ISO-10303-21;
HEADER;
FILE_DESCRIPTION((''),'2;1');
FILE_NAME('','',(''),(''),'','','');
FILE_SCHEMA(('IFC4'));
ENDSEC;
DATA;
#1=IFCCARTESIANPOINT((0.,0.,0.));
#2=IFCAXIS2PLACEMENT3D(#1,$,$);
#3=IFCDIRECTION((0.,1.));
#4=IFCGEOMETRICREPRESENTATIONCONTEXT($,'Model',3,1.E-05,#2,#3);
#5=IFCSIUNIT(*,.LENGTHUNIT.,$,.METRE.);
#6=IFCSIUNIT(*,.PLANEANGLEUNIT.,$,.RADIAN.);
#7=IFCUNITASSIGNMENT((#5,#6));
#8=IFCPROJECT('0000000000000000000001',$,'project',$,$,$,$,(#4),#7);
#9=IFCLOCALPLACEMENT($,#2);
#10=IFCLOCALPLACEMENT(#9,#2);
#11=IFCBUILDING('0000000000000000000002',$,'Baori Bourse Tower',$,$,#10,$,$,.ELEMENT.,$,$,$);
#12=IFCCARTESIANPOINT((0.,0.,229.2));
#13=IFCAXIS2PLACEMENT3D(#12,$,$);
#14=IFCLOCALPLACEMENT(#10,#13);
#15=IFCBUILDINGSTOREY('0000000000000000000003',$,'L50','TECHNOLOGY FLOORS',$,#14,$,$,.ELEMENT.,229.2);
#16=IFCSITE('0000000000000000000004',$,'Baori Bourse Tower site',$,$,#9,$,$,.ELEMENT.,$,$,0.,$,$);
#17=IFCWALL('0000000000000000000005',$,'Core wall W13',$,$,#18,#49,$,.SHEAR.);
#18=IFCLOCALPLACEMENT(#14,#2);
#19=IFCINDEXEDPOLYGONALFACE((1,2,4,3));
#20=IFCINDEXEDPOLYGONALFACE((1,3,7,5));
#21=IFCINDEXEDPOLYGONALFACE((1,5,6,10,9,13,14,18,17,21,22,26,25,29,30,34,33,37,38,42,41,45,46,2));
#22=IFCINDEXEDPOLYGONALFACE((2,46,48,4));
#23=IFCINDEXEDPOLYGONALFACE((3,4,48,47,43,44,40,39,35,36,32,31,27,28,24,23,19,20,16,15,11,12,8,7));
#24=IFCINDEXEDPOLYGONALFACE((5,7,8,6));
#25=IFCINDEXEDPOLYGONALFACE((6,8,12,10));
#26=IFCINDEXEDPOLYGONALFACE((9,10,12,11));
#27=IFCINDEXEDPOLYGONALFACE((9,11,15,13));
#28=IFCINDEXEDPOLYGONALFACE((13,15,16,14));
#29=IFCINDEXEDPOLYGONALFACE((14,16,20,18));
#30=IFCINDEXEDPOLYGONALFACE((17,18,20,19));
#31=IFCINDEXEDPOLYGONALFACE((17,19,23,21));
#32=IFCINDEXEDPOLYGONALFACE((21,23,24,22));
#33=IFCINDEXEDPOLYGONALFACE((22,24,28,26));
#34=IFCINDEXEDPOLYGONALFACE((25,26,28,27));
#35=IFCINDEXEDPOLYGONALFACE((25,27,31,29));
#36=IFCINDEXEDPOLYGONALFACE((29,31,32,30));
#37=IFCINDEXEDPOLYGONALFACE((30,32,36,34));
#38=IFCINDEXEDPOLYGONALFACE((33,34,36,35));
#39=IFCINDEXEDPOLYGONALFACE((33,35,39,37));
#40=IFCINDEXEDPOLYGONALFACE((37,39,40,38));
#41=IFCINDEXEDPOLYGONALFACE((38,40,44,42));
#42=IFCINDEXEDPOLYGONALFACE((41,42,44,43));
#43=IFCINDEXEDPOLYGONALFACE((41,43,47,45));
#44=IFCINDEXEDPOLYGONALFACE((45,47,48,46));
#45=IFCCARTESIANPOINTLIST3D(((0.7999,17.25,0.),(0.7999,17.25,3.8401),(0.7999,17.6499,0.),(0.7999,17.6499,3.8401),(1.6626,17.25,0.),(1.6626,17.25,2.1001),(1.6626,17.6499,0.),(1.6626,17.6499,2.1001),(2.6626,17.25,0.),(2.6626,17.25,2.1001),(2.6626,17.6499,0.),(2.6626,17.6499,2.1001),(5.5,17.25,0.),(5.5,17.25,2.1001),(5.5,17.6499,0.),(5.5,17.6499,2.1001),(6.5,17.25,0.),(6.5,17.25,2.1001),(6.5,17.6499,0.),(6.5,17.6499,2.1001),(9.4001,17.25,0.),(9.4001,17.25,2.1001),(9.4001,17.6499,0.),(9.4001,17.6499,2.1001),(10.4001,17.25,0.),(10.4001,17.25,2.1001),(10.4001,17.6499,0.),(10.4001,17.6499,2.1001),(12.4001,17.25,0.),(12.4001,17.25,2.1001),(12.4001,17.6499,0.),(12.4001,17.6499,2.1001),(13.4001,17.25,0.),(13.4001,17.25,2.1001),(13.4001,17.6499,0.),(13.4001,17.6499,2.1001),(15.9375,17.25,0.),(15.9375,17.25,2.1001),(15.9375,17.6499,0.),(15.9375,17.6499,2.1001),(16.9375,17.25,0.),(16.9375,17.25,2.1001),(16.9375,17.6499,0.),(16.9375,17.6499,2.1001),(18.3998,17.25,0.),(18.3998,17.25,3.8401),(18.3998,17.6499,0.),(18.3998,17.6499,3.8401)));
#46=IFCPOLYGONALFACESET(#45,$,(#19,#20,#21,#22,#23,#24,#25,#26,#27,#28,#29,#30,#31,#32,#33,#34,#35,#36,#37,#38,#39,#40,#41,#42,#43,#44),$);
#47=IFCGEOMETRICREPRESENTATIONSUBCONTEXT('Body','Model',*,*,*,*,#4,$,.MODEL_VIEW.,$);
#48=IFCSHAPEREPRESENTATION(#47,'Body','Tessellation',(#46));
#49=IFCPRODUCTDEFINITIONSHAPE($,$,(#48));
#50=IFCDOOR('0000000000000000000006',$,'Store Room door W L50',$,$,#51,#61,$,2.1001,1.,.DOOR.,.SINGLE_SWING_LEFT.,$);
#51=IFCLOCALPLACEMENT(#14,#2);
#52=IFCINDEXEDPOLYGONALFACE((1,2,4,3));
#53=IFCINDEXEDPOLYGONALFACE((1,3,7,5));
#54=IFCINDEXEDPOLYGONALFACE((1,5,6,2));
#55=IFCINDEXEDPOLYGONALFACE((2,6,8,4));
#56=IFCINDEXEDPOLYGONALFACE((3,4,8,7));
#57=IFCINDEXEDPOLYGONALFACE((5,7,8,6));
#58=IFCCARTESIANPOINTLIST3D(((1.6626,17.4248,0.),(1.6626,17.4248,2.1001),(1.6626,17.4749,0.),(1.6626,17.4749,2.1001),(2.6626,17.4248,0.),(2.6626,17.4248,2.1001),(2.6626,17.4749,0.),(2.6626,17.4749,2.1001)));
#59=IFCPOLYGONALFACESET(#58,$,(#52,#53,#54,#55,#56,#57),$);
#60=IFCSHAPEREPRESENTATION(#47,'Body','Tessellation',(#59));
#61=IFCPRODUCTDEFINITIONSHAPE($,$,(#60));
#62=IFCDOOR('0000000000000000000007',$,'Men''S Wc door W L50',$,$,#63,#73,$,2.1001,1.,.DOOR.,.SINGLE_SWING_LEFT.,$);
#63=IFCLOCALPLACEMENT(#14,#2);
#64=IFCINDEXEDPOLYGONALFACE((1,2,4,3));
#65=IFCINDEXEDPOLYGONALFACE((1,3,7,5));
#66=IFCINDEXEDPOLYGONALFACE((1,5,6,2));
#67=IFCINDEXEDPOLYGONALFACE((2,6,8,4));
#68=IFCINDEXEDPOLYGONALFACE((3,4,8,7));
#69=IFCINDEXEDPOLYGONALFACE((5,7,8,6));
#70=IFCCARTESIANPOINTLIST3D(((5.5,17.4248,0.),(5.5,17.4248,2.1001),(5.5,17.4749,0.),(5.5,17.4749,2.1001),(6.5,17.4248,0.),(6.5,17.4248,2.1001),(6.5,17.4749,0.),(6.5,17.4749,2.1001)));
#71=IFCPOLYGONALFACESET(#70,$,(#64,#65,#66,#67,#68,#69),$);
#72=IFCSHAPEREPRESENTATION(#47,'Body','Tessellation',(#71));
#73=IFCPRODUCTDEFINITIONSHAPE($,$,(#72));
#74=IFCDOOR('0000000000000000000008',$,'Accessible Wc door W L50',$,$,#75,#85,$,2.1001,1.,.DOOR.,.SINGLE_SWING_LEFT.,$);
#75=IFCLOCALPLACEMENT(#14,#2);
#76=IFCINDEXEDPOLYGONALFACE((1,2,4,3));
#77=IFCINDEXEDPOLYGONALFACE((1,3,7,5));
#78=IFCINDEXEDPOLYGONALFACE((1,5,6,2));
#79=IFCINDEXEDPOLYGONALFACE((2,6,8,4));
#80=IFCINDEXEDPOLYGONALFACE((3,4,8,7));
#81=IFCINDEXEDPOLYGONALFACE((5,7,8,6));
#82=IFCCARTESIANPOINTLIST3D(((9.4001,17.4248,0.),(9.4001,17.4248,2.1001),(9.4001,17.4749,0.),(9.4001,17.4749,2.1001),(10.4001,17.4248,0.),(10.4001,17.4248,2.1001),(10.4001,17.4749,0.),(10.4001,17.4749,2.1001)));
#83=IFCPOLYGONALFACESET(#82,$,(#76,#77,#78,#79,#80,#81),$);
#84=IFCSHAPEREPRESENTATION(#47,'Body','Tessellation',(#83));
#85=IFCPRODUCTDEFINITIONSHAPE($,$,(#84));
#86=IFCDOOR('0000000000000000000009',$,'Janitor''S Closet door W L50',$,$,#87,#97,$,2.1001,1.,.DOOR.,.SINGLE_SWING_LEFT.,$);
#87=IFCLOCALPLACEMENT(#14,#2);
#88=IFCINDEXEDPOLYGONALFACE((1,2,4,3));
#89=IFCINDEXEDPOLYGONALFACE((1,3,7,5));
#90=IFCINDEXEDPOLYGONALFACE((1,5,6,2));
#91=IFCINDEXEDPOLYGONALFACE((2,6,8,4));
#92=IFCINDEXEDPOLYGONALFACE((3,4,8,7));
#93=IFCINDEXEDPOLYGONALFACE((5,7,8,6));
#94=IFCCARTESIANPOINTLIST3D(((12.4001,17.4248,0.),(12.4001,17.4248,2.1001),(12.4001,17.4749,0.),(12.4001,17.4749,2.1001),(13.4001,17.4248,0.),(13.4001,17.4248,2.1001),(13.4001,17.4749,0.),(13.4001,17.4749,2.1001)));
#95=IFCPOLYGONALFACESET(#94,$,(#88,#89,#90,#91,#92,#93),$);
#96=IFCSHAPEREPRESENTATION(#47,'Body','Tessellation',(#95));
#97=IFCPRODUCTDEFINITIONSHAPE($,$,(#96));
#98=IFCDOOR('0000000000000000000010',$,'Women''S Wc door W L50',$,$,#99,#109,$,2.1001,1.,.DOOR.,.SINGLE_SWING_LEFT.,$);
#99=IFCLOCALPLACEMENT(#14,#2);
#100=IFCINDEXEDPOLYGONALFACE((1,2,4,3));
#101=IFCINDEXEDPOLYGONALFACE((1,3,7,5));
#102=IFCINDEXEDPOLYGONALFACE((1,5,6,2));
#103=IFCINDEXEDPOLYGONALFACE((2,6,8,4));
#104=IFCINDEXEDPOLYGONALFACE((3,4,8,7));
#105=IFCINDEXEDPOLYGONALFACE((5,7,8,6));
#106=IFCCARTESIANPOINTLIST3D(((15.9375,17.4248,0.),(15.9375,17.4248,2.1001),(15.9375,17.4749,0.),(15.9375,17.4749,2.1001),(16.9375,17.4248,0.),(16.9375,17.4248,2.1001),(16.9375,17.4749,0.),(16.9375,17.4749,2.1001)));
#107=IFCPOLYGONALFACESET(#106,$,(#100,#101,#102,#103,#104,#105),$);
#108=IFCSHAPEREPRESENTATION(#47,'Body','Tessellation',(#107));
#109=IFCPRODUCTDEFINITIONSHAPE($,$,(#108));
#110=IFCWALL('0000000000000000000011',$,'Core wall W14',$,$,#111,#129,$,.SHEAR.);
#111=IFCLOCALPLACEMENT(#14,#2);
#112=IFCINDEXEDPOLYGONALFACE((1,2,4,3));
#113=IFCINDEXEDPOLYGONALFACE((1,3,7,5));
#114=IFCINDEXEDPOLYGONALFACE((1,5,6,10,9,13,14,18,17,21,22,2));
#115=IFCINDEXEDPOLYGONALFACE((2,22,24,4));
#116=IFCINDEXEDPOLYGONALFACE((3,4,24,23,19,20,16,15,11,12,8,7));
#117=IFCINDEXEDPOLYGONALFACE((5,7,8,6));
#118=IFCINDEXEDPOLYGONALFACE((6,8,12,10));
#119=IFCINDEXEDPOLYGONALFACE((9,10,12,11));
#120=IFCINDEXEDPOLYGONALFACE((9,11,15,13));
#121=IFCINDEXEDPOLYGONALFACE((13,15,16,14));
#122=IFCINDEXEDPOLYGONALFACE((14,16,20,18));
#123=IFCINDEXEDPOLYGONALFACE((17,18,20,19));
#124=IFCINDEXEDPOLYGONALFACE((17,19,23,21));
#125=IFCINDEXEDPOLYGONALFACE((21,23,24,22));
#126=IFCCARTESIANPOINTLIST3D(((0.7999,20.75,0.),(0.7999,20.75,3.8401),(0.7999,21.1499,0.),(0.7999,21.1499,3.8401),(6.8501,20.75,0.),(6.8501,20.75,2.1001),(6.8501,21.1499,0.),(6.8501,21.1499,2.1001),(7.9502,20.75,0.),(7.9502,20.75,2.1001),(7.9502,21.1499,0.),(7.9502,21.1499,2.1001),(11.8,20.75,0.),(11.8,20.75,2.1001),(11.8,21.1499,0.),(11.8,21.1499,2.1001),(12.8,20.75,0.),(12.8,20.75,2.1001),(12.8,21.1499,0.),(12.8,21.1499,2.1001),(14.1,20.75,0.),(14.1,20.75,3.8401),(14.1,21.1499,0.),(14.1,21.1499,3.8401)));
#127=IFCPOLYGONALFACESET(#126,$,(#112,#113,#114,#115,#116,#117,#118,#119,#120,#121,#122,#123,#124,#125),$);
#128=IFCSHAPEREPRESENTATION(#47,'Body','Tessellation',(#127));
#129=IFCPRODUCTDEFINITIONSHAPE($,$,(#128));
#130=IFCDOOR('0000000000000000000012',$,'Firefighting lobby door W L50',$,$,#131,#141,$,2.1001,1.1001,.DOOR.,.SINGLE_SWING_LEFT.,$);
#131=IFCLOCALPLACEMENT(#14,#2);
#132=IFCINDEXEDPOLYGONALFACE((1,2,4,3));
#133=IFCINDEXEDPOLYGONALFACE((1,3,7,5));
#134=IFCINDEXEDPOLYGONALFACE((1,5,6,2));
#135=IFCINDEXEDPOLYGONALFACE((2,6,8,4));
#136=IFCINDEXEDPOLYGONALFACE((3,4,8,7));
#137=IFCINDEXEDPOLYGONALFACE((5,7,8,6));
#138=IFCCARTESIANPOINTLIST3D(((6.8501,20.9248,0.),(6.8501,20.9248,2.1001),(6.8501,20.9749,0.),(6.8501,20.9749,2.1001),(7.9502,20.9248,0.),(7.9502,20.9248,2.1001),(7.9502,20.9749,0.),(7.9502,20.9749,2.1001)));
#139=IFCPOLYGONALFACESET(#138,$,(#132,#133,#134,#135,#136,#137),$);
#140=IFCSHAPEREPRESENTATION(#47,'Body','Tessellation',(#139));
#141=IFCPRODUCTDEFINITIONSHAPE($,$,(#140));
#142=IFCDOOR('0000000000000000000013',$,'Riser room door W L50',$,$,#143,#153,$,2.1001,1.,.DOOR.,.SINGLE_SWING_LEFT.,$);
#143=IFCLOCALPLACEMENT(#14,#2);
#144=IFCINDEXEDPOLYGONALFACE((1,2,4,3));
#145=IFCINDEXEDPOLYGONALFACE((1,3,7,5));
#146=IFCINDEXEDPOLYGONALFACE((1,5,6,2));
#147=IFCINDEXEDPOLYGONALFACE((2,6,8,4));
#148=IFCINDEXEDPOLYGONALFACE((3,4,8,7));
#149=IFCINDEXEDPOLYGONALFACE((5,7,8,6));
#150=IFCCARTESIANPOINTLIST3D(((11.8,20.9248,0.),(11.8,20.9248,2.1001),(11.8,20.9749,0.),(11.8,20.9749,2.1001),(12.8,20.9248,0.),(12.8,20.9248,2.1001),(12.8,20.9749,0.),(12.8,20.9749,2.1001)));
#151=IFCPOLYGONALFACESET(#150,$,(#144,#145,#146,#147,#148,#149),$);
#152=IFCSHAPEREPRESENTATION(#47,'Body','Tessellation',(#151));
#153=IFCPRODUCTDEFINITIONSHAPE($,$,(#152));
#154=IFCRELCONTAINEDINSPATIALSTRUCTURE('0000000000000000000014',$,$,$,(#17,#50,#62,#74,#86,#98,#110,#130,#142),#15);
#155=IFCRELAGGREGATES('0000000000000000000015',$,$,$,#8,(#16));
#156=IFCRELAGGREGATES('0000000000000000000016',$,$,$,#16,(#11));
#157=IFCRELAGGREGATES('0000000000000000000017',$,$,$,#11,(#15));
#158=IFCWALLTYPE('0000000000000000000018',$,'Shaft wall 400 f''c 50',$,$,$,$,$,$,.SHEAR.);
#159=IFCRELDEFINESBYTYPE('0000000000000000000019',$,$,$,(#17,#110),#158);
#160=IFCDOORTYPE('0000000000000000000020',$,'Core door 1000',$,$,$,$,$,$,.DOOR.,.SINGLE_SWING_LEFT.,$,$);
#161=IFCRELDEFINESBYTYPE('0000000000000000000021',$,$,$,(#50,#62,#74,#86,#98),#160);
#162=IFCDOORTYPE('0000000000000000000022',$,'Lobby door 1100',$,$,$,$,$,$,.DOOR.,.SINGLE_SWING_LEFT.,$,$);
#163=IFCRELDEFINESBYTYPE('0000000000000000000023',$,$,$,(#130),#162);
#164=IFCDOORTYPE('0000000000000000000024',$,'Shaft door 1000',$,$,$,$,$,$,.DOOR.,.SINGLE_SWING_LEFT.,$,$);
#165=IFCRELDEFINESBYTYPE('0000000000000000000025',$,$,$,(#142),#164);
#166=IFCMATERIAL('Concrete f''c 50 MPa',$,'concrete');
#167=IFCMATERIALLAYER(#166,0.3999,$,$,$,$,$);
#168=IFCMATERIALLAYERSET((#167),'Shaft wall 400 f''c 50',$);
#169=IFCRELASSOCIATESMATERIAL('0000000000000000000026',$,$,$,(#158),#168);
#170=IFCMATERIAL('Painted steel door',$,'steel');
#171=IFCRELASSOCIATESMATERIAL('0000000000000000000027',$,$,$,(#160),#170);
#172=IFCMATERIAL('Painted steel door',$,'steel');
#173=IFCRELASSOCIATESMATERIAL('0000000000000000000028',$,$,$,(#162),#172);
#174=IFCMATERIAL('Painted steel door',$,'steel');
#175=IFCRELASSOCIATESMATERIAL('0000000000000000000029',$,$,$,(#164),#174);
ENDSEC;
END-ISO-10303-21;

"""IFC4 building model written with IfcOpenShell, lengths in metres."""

from ifc_helpers import new_model, si_unit, direction, frame, frame_2d, origin, place, context, subcontext, project, spatial, rectangle, extrude, material, layer, layer_set, type_object, element, fill, save


model = new_model("IFC4")

# Units and contexts
model_context = context("Model", 3, precision=1e-05, world=origin(), true_north=direction((0.0, 1.0)))
body_context = subcontext(model_context, "Body", "Model", "MODEL_VIEW")
ifc_project = project(units=[si_unit("LENGTHUNIT", "METRE"), si_unit("PLANEANGLEUNIT", "RADIAN")], contexts=[model_context])

# Site, building, storey
site_placement = place(None, origin())
site = spatial("IfcSite", under=ifc_project, at=site_placement, Name="Baori Bourse Tower site", CompositionType="ELEMENT", RefElevation=0.0)
building_placement = place(site_placement, origin())
building = spatial("IfcBuilding", under=site, at=building_placement, Name="Baori Bourse Tower", CompositionType="ELEMENT")
storey_placement = place(building_placement, frame((0.0, 0.0, 229.2)))
storey = spatial("IfcBuildingStorey", under=building, at=storey_placement, Name="L50", Description="TECHNOLOGY FLOORS", CompositionType="ELEMENT", Elevation=229.2)

# Walls, openings, doors
ifc_material_1 = material(Name="Concrete f'c 50 MPa", Category="concrete")
ifc_layer_1 = layer(ifc_material_1, 0.3999)
ifc_layer_set_1 = layer_set([ifc_layer_1], Name="Shaft wall 400 f'c 50")
wall_type_1 = type_object("IfcWallType", Name="Shaft wall 400 f'c 50", PredefinedType="SHEAR", material=ifc_layer_set_1)
wall_1_placement = place(storey_placement, frame((0.8, 17.45, 0.0), z_axis=(0.0, 0.0, 1.0), x_axis=(1.0, 0.0, 0.0)))
wall_1 = element("IfcWall", 1, at=wall_1_placement, inside=storey, type_object=wall_type_1, Name="Core wall W13", PredefinedType="SHEAR", context=body_context, shape_type="SweptSolid", body=[
    extrude(rectangle(XDim=17.5999, YDim=0.3999, at=frame_2d((8.7998, 0.0))), origin(), (0.0, 0.0, 1.0), 3.8401),
])
opening_1_placement = place(wall_1_placement, frame((0.8625, 0.0, 0.0)))
opening_1 = element("IfcOpeningElement", 2, at=opening_1_placement, cuts=wall_1, PredefinedType="OPENING", context=body_context, shape_type="SweptSolid", body=[
    extrude(rectangle(XDim=1.0, YDim=2.1001, at=frame_2d((0.5, 1.05))), frame((0.0, 0.21, 0.0), z_axis=(0.0, -1.0, 0.0), x_axis=(1.0, 0.0, 0.0)), (0.0, 0.0, 1.0), 0.4199),
])
opening_2_placement = place(wall_1_placement, frame((4.7, 0.0, 0.0)))
opening_2 = element("IfcOpeningElement", 3, at=opening_2_placement, cuts=wall_1, PredefinedType="OPENING", context=body_context, shape_type="SweptSolid", body=[
    extrude(rectangle(XDim=1.0, YDim=2.1001, at=frame_2d((0.5, 1.05))), frame((0.0, 0.21, 0.0), z_axis=(0.0, -1.0, 0.0), x_axis=(1.0, 0.0, 0.0)), (0.0, 0.0, 1.0), 0.4199),
])
opening_3_placement = place(wall_1_placement, frame((8.6001, 0.0, 0.0)))
opening_3 = element("IfcOpeningElement", 4, at=opening_3_placement, cuts=wall_1, PredefinedType="OPENING", context=body_context, shape_type="SweptSolid", body=[
    extrude(rectangle(XDim=1.0, YDim=2.1001, at=frame_2d((0.5, 1.05))), frame((0.0, 0.21, 0.0), z_axis=(0.0, -1.0, 0.0), x_axis=(1.0, 0.0, 0.0)), (0.0, 0.0, 1.0), 0.4199),
])
opening_4_placement = place(wall_1_placement, frame((11.6001, 0.0, 0.0)))
opening_4 = element("IfcOpeningElement", 5, at=opening_4_placement, cuts=wall_1, PredefinedType="OPENING", context=body_context, shape_type="SweptSolid", body=[
    extrude(rectangle(XDim=1.0, YDim=2.1001, at=frame_2d((0.5, 1.05))), frame((0.0, 0.21, 0.0), z_axis=(0.0, -1.0, 0.0), x_axis=(1.0, 0.0, 0.0)), (0.0, 0.0, 1.0), 0.4199),
])
opening_5_placement = place(wall_1_placement, frame((15.1375, 0.0, 0.0)))
opening_5 = element("IfcOpeningElement", 6, at=opening_5_placement, cuts=wall_1, PredefinedType="OPENING", context=body_context, shape_type="SweptSolid", body=[
    extrude(rectangle(XDim=1.0, YDim=2.1001, at=frame_2d((0.5, 1.05))), frame((0.0, 0.21, 0.0), z_axis=(0.0, -1.0, 0.0), x_axis=(1.0, 0.0, 0.0)), (0.0, 0.0, 1.0), 0.4199),
])
ifc_material_2 = material(Name="Painted steel door", Category="steel")
door_type_1 = type_object("IfcDoorType", Name="Core door 1000", OperationType="SINGLE_SWING_LEFT", PredefinedType="DOOR", material=ifc_material_2)
door_1_placement = place(opening_1_placement, origin())
door_1 = element("IfcDoor", 7, at=door_1_placement, inside=storey, type_object=door_type_1, Name="Store Room door W L50", OperationType="SINGLE_SWING_LEFT", OverallHeight=2.1001, OverallWidth=1.0, PredefinedType="DOOR", context=body_context, shape_type="SweptSolid", body=[
    extrude(rectangle(XDim=1.0, YDim=2.1001, at=frame_2d((0.5, 1.05))), frame((0.0, 0.0249, 0.0), z_axis=(0.0, -1.0, 0.0), x_axis=(1.0, 0.0, 0.0)), (0.0, 0.0, 1.0), 0.05),
])
fill(opening_1, door_1)
door_2_placement = place(opening_2_placement, origin())
door_2 = element("IfcDoor", 8, at=door_2_placement, inside=storey, type_object=door_type_1, Name="Men'S Wc door W L50", OperationType="SINGLE_SWING_LEFT", OverallHeight=2.1001, OverallWidth=1.0, PredefinedType="DOOR", context=body_context, shape_type="SweptSolid", body=[
    extrude(rectangle(XDim=1.0, YDim=2.1001, at=frame_2d((0.5, 1.05))), frame((0.0, 0.0249, 0.0), z_axis=(0.0, -1.0, 0.0), x_axis=(1.0, 0.0, 0.0)), (0.0, 0.0, 1.0), 0.05),
])
fill(opening_2, door_2)
door_3_placement = place(opening_3_placement, origin())
door_3 = element("IfcDoor", 9, at=door_3_placement, inside=storey, type_object=door_type_1, Name="Accessible Wc door W L50", OperationType="SINGLE_SWING_LEFT", OverallHeight=2.1001, OverallWidth=1.0, PredefinedType="DOOR", context=body_context, shape_type="SweptSolid", body=[
    extrude(rectangle(XDim=1.0, YDim=2.1001, at=frame_2d((0.5, 1.05))), frame((0.0, 0.0249, 0.0), z_axis=(0.0, -1.0, 0.0), x_axis=(1.0, 0.0, 0.0)), (0.0, 0.0, 1.0), 0.05),
])
fill(opening_3, door_3)
door_4_placement = place(opening_4_placement, origin())
door_4 = element("IfcDoor", 10, at=door_4_placement, inside=storey, type_object=door_type_1, Name="Janitor'S Closet door W L50", OperationType="SINGLE_SWING_LEFT", OverallHeight=2.1001, OverallWidth=1.0, PredefinedType="DOOR", context=body_context, shape_type="SweptSolid", body=[
    extrude(rectangle(XDim=1.0, YDim=2.1001, at=frame_2d((0.5, 1.05))), frame((0.0, 0.0249, 0.0), z_axis=(0.0, -1.0, 0.0), x_axis=(1.0, 0.0, 0.0)), (0.0, 0.0, 1.0), 0.05),
])
fill(opening_4, door_4)
door_5_placement = place(opening_5_placement, origin())
door_5 = element("IfcDoor", 11, at=door_5_placement, inside=storey, type_object=door_type_1, Name="Women'S Wc door W L50", OperationType="SINGLE_SWING_LEFT", OverallHeight=2.1001, OverallWidth=1.0, PredefinedType="DOOR", context=body_context, shape_type="SweptSolid", body=[
    extrude(rectangle(XDim=1.0, YDim=2.1001, at=frame_2d((0.5, 1.05))), frame((0.0, 0.0249, 0.0), z_axis=(0.0, -1.0, 0.0), x_axis=(1.0, 0.0, 0.0)), (0.0, 0.0, 1.0), 0.05),
])
fill(opening_5, door_5)
wall_2_placement = place(storey_placement, frame((0.8, 20.95, 0.0), z_axis=(0.0, 0.0, 1.0), x_axis=(1.0, 0.0, 0.0)))
wall_2 = element("IfcWall", 12, at=wall_2_placement, inside=storey, type_object=wall_type_1, Name="Core wall W14", PredefinedType="SHEAR", context=body_context, shape_type="SweptSolid", body=[
    extrude(rectangle(XDim=13.3, YDim=0.3999, at=frame_2d((6.6499, 0.0))), origin(), (0.0, 0.0, 1.0), 3.8401),
])
opening_6_placement = place(wall_2_placement, frame((6.05, 0.0, 0.0)))
opening_6 = element("IfcOpeningElement", 13, at=opening_6_placement, cuts=wall_2, PredefinedType="OPENING", context=body_context, shape_type="SweptSolid", body=[
    extrude(rectangle(XDim=1.1001, YDim=2.1001, at=frame_2d((0.55, 1.05))), frame((0.0, 0.21, 0.0), z_axis=(0.0, -1.0, 0.0), x_axis=(1.0, 0.0, 0.0)), (0.0, 0.0, 1.0), 0.4199),
])
opening_7_placement = place(wall_2_placement, frame((11.0, 0.0, 0.0)))
opening_7 = element("IfcOpeningElement", 14, at=opening_7_placement, cuts=wall_2, PredefinedType="OPENING", context=body_context, shape_type="SweptSolid", body=[
    extrude(rectangle(XDim=1.0, YDim=2.1001, at=frame_2d((0.5, 1.05))), frame((0.0, 0.21, 0.0), z_axis=(0.0, -1.0, 0.0), x_axis=(1.0, 0.0, 0.0)), (0.0, 0.0, 1.0), 0.4199),
])
ifc_material_3 = material(Name="Painted steel door", Category="steel")
door_type_2 = type_object("IfcDoorType", Name="Lobby door 1100", OperationType="SINGLE_SWING_LEFT", PredefinedType="DOOR", material=ifc_material_3)
door_6_placement = place(opening_6_placement, origin())
door_6 = element("IfcDoor", 15, at=door_6_placement, inside=storey, type_object=door_type_2, Name="Firefighting lobby door W L50", OperationType="SINGLE_SWING_LEFT", OverallHeight=2.1001, OverallWidth=1.1001, PredefinedType="DOOR", context=body_context, shape_type="SweptSolid", body=[
    extrude(rectangle(XDim=1.1001, YDim=2.1001, at=frame_2d((0.55, 1.05))), frame((0.0, 0.0249, 0.0), z_axis=(0.0, -1.0, 0.0), x_axis=(1.0, 0.0, 0.0)), (0.0, 0.0, 1.0), 0.05),
])
fill(opening_6, door_6)
ifc_material_4 = material(Name="Painted steel door", Category="steel")
door_type_3 = type_object("IfcDoorType", Name="Shaft door 1000", OperationType="SINGLE_SWING_LEFT", PredefinedType="DOOR", material=ifc_material_4)
door_7_placement = place(opening_7_placement, origin())
door_7 = element("IfcDoor", 16, at=door_7_placement, inside=storey, type_object=door_type_3, Name="Riser room door W L50", OperationType="SINGLE_SWING_LEFT", OverallHeight=2.1001, OverallWidth=1.0, PredefinedType="DOOR", context=body_context, shape_type="SweptSolid", body=[
    extrude(rectangle(XDim=1.0, YDim=2.1001, at=frame_2d((0.5, 1.05))), frame((0.0, 0.0249, 0.0), z_axis=(0.0, -1.0, 0.0), x_axis=(1.0, 0.0, 0.0)), (0.0, 0.0, 1.0), 0.05),
])
fill(opening_7, door_7)

save(model, "model.ifc")
